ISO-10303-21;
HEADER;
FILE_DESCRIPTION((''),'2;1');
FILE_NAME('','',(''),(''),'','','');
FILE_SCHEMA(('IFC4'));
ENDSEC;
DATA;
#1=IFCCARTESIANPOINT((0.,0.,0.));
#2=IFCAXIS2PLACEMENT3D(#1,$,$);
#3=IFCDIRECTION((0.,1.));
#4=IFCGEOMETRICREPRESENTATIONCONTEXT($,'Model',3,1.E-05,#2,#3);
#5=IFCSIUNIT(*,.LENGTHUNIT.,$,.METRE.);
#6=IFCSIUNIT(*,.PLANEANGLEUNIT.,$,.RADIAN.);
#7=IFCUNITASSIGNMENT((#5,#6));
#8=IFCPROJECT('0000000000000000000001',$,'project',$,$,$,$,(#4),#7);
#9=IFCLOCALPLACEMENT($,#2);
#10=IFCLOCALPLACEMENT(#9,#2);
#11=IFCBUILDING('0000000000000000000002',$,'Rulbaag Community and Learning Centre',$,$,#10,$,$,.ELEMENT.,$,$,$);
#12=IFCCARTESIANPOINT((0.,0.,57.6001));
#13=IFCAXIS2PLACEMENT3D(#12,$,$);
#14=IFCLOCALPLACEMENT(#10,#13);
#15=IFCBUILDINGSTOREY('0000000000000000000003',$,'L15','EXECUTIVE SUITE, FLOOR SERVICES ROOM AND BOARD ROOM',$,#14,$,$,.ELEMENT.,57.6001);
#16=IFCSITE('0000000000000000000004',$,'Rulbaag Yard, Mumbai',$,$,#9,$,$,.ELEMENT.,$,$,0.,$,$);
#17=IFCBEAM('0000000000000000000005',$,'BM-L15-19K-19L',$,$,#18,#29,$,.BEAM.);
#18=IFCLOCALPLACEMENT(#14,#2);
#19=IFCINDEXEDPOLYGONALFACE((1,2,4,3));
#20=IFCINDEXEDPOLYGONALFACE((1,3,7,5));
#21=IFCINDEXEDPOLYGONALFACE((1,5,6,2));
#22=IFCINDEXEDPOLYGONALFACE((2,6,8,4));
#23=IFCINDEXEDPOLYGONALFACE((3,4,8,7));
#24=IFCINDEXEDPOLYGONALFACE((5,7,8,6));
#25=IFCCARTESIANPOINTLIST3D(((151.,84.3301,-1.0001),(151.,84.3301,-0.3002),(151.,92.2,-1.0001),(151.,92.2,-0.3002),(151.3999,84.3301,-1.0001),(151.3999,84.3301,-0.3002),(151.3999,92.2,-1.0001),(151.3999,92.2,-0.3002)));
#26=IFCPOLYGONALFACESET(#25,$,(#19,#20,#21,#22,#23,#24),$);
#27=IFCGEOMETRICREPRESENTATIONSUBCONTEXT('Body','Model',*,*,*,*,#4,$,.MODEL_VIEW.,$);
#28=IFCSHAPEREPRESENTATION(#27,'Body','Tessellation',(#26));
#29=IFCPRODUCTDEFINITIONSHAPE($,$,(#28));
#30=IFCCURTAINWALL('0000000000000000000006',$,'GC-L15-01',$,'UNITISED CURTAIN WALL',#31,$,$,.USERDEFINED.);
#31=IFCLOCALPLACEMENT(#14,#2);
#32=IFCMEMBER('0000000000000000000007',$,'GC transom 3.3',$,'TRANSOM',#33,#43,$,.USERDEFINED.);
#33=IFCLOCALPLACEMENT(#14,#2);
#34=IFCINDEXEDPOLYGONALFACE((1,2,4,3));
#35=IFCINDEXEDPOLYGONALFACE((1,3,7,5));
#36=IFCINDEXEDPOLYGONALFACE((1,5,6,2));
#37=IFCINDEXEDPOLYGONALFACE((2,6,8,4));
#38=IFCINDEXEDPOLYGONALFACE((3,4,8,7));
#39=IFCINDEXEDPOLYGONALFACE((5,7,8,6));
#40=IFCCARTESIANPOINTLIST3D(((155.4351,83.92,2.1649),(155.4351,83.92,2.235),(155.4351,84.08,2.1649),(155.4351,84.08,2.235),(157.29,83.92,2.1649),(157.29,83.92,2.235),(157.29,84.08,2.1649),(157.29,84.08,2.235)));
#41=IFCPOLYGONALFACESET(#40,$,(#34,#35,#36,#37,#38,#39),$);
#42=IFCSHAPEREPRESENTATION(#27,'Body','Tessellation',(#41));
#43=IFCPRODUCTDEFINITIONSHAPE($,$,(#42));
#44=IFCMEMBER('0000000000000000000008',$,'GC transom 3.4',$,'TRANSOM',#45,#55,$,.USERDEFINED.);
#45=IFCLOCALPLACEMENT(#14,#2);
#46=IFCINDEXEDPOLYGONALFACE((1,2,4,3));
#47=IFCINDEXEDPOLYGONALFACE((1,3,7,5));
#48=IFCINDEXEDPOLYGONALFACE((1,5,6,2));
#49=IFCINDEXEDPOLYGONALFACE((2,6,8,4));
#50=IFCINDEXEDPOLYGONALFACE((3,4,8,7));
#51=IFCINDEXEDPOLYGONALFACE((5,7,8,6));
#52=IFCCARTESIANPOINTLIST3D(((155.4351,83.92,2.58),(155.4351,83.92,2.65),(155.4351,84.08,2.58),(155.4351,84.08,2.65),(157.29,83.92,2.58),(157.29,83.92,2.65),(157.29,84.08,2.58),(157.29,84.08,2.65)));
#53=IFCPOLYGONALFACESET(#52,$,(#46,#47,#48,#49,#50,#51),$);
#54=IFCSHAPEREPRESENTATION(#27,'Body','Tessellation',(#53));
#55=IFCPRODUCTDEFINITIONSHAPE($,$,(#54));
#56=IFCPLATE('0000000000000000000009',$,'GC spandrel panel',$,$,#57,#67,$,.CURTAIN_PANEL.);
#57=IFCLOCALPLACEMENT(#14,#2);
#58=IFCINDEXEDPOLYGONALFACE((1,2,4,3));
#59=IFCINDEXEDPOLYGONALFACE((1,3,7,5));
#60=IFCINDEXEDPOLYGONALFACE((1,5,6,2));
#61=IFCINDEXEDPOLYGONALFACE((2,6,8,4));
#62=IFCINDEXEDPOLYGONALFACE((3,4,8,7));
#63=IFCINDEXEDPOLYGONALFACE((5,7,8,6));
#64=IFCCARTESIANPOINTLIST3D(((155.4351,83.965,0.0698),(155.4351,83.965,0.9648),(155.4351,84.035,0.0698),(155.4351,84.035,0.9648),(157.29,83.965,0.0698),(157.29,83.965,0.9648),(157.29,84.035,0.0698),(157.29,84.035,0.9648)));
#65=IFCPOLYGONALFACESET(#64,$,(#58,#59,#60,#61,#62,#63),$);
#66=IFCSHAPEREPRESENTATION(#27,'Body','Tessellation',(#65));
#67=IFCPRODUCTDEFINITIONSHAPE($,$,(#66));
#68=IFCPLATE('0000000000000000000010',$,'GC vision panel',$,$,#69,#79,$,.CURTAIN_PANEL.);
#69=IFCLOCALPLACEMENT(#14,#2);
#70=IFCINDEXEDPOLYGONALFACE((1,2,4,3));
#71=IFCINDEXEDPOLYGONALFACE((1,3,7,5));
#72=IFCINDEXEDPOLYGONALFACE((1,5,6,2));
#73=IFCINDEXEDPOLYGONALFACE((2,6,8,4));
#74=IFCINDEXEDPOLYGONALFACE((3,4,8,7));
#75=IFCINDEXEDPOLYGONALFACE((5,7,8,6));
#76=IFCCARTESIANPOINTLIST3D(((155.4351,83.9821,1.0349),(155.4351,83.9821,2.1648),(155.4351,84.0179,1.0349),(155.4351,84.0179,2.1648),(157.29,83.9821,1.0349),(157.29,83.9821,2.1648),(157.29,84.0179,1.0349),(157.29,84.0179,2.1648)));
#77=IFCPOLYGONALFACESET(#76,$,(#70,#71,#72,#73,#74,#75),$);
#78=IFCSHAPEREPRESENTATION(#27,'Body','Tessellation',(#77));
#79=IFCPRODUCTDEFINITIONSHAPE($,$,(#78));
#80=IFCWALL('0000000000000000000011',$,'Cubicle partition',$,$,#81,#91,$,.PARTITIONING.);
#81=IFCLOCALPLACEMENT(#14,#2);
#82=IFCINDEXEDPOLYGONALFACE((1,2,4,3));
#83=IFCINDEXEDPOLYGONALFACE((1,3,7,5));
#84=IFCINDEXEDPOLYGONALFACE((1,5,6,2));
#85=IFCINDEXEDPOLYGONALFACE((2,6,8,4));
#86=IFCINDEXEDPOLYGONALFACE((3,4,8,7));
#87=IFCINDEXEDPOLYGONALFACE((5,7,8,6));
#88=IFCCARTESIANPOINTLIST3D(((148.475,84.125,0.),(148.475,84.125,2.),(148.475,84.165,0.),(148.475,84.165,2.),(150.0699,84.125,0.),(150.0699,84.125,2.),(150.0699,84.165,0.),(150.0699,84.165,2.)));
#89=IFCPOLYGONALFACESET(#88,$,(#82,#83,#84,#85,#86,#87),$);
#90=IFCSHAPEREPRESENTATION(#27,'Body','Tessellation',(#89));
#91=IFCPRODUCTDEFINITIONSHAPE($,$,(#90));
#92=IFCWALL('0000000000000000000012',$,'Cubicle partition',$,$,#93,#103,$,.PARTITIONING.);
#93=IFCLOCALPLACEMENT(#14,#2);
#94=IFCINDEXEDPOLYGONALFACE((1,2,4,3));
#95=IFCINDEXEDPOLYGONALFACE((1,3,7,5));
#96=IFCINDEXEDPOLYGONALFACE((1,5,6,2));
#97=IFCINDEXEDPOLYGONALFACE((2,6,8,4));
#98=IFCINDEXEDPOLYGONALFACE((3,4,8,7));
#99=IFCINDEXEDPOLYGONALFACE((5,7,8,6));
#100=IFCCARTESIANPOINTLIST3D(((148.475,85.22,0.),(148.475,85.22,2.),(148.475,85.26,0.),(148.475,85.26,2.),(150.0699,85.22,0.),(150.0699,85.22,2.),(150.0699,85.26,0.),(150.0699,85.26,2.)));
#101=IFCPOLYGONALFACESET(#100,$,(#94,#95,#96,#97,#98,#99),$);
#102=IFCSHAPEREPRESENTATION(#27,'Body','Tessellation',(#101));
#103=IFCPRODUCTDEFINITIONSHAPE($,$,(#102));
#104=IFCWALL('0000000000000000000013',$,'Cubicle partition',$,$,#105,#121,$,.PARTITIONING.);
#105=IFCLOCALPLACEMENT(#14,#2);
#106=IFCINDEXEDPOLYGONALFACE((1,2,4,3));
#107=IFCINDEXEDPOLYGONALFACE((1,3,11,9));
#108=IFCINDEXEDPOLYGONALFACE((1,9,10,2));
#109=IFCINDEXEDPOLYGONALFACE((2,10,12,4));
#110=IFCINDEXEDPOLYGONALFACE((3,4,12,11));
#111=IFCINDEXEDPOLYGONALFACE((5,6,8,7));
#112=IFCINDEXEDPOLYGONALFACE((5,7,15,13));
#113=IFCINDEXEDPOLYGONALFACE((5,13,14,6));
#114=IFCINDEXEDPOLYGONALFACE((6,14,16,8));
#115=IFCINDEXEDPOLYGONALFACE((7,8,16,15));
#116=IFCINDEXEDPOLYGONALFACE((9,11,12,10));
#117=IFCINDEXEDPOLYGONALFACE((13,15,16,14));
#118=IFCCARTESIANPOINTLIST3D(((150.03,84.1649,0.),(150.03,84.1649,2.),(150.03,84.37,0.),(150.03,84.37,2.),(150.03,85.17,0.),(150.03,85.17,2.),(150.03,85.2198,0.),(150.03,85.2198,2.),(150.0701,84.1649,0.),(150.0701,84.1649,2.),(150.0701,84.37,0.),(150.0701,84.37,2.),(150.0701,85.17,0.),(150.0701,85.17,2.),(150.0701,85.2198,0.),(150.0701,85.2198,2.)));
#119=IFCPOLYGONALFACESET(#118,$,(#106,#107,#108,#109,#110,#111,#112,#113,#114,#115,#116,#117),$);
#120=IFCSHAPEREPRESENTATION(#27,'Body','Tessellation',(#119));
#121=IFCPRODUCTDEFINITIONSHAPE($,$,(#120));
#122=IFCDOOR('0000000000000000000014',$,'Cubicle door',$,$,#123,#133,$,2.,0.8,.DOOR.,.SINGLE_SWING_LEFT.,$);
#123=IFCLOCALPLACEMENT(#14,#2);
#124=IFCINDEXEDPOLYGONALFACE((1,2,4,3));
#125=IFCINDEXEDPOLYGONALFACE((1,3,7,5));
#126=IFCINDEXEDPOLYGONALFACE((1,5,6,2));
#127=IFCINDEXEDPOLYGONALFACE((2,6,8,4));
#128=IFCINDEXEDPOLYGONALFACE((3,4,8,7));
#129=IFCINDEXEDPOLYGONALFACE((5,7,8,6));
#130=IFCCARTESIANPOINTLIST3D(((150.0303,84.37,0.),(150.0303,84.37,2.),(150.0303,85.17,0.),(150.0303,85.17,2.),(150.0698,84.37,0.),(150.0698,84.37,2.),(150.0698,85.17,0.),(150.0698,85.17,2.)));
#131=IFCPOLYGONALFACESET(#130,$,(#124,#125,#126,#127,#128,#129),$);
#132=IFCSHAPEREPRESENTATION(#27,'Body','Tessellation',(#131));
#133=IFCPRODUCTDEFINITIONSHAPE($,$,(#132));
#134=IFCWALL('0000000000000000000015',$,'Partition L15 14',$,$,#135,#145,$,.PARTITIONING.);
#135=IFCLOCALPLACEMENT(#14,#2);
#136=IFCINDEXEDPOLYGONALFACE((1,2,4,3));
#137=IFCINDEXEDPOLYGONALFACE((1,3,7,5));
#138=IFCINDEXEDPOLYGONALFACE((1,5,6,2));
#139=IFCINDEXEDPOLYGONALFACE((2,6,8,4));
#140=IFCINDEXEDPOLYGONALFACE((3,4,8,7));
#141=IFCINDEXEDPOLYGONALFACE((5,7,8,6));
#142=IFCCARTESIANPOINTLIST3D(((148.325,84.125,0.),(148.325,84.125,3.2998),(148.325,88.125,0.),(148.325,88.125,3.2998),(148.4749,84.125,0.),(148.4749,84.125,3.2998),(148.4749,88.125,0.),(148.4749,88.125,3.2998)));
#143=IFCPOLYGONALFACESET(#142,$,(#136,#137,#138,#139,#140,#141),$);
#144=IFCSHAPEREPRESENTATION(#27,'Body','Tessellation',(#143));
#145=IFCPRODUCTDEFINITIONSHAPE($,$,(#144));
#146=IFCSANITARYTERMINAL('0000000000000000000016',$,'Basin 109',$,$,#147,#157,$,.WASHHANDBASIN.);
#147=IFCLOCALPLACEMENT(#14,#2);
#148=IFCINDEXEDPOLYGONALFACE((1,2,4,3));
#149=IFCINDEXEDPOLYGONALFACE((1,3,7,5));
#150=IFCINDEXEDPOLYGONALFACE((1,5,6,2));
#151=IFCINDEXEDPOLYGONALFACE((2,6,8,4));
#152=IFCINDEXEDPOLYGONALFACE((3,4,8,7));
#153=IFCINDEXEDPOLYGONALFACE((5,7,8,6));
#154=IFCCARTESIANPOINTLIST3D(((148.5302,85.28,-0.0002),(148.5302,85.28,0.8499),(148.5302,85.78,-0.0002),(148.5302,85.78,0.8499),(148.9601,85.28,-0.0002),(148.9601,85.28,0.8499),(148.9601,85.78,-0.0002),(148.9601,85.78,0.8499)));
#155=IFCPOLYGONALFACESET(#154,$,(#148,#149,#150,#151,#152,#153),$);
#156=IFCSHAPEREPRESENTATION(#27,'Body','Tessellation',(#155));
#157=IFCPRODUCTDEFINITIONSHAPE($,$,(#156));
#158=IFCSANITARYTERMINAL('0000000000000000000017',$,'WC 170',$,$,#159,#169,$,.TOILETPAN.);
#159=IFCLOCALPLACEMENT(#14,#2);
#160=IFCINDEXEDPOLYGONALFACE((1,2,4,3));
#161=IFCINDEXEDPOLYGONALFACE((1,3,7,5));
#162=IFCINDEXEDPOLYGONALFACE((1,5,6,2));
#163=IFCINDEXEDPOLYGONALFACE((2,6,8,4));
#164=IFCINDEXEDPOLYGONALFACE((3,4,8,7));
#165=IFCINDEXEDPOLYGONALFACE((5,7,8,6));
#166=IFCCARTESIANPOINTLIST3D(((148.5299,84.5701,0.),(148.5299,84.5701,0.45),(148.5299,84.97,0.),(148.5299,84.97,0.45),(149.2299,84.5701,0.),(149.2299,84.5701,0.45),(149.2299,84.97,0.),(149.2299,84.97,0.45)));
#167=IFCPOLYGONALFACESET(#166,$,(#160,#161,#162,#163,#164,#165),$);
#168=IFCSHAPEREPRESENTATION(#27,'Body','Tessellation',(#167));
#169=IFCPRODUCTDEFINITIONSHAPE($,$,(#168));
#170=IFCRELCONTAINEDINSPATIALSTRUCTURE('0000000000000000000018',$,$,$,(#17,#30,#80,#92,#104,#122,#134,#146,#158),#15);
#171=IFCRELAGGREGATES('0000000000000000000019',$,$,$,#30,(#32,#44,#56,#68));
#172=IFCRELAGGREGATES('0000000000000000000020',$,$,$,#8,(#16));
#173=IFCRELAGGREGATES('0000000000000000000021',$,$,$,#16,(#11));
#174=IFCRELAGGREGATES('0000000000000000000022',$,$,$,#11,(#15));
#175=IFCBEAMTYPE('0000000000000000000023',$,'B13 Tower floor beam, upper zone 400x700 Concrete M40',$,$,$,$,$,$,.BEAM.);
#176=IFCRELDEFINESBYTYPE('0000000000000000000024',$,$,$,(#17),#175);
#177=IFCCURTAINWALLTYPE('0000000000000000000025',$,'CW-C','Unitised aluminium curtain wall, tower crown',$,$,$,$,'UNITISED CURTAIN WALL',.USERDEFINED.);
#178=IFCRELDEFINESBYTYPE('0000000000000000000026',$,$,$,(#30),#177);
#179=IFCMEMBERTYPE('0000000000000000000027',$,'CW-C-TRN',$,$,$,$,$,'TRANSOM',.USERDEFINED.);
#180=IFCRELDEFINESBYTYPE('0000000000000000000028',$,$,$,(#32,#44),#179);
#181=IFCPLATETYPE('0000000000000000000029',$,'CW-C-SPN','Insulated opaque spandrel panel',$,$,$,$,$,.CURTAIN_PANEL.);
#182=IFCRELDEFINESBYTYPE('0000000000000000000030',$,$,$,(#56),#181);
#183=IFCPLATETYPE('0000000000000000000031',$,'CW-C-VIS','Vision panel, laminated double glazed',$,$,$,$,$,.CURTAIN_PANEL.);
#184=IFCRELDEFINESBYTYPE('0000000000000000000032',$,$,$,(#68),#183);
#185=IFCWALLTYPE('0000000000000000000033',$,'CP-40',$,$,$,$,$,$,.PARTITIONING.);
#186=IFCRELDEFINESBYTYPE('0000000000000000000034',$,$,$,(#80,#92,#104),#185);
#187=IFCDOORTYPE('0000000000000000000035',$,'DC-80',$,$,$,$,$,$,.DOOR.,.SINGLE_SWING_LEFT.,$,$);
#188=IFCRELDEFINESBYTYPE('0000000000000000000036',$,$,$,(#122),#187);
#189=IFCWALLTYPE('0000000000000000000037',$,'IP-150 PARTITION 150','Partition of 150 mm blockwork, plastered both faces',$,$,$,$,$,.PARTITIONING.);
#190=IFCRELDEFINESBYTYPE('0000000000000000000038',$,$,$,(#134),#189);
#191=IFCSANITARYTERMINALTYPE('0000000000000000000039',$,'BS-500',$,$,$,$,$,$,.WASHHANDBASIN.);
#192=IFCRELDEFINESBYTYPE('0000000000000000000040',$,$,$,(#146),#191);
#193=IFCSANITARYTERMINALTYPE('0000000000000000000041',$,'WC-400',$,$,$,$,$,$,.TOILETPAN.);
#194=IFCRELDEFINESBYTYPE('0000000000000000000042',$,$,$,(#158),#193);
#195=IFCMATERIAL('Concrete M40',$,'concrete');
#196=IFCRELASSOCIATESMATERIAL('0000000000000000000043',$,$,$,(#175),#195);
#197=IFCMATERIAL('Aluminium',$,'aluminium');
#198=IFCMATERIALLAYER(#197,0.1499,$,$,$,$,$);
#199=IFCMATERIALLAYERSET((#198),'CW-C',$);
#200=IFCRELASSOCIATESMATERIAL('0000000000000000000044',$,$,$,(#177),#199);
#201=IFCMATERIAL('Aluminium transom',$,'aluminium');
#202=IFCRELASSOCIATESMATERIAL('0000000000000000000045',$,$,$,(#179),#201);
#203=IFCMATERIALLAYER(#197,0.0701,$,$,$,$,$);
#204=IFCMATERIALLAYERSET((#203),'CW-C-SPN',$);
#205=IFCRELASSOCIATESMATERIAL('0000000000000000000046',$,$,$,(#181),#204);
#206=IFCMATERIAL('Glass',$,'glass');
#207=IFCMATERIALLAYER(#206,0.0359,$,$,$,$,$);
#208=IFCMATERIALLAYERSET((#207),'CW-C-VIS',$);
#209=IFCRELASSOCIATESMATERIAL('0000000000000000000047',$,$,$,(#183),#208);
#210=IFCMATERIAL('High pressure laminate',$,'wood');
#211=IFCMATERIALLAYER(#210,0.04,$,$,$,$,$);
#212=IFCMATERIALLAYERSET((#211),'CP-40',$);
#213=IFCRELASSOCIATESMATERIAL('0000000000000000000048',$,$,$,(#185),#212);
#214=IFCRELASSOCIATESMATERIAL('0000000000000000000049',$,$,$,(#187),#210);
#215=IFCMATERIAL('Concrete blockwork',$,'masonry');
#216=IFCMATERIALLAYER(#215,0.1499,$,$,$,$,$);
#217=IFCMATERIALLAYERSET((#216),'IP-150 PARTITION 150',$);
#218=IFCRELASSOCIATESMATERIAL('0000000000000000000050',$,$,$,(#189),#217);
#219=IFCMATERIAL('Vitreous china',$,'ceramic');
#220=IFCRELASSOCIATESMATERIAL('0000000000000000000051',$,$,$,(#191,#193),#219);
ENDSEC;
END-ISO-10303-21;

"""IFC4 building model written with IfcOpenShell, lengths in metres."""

from ifc_helpers import new_model, si_unit, direction, frame, frame_2d, origin, origin_2d, place, context, subcontext, project, spatial, rectangle, extrude, material, layer, layer_set, material_profile, profile_set, type_object, element, fill, aggregate, save


model = new_model("IFC4")

# Units and contexts
model_context = context("Model", 3, precision=1e-05, world=origin(), true_north=direction((0.0, 1.0)))
body_context = subcontext(model_context, "Body", "Model", "MODEL_VIEW")
ifc_project = project(units=[si_unit("LENGTHUNIT", "METRE"), si_unit("PLANEANGLEUNIT", "RADIAN")], contexts=[model_context])

# Site, building, storey
site_placement = place(None, origin())
site = spatial("IfcSite", under=ifc_project, at=site_placement, Name="Rulbaag Yard, Mumbai", CompositionType="ELEMENT", RefElevation=0.0)
building_placement = place(site_placement, origin())
building = spatial("IfcBuilding", under=site, at=building_placement, Name="Rulbaag Community and Learning Centre", CompositionType="ELEMENT")
storey_placement = place(building_placement, frame((0.0, 0.0, 57.6001)))
storey = spatial("IfcBuildingStorey", under=building, at=storey_placement, Name="L15", Description="EXECUTIVE SUITE, FLOOR SERVICES ROOM AND BOARD ROOM", CompositionType="ELEMENT", Elevation=57.6001)

# Beam
ifc_material_1 = material(Name="Concrete M40", Category="concrete")
ifc_material_profile_1 = material_profile(ifc_material_1, rectangle(XDim=0.3999, YDim=0.7, at=origin_2d()), Name="RB400x700")
ifc_profile_set_1 = profile_set([ifc_material_profile_1], Name="Concrete M40")
beam_type = type_object("IfcBeamType", Name="B13 Tower floor beam, upper zone 400x700 Concrete M40", PredefinedType="BEAM", material=ifc_profile_set_1)
beam_placement = place(storey_placement, frame((151.2, 84.3301, -0.6501), z_axis=(0.0, 1.0, 0.0), x_axis=(-1.0, 0.0, 0.0)))
element("IfcBeam", 1, at=beam_placement, inside=storey, type_object=beam_type, Name="BM-L15-19K-19L", PredefinedType="BEAM", context=body_context, shape_type="SweptSolid", body=[
    extrude(rectangle(XDim=0.3999, YDim=0.7, at=origin_2d()), origin(), (0.0, 0.0, 1.0), 7.8699),
])

# Curtain wall, members, plates
ifc_material_2 = material(Name="Aluminium", Category="aluminium")
ifc_layer_1 = layer(ifc_material_2, 0.1499)
ifc_layer_set_1 = layer_set([ifc_layer_1], Name="CW-C")
curtain_wall_type = type_object("IfcCurtainWallType", Name="CW-C", Description="Unitised aluminium curtain wall, tower crown", ElementType="UNITISED CURTAIN WALL", PredefinedType="USERDEFINED", material=ifc_layer_set_1)
curtain_wall_placement = place(storey_placement, origin())
curtain_wall = element("IfcCurtainWall", 2, at=curtain_wall_placement, inside=storey, type_object=curtain_wall_type, Name="GC-L15-01", ObjectType="UNITISED CURTAIN WALL", PredefinedType="USERDEFINED")
ifc_material_3 = material(Name="Aluminium transom", Category="aluminium")
ifc_material_profile_2 = material_profile(ifc_material_3, rectangle(XDim=0.1599, YDim=0.0701, at=origin_2d()), Name="AL 70x160 T")
ifc_profile_set_2 = profile_set([ifc_material_profile_2], Name="Aluminium transom")
member_type = type_object("IfcMemberType", Name="CW-C-TRN", ElementType="TRANSOM", PredefinedType="USERDEFINED", material=ifc_profile_set_2)
member_1_placement = place(storey_placement, frame((155.4351, 84.0, 2.2), z_axis=(1.0, 0.0, 0.0), x_axis=(0.0, 1.0, 0.0)))
member_1 = element("IfcMember", 3, at=member_1_placement, type_object=member_type, Name="GC transom 3.3", ObjectType="TRANSOM", PredefinedType="USERDEFINED", context=body_context, shape_type="SweptSolid", body=[
    extrude(rectangle(XDim=0.1599, YDim=0.0701, at=origin_2d()), origin(), (0.0, 0.0, 1.0), 1.855),
])
member_2_placement = place(storey_placement, frame((155.4351, 84.0, 2.615), z_axis=(1.0, 0.0, 0.0), x_axis=(0.0, 1.0, 0.0)))
member_2 = element("IfcMember", 4, at=member_2_placement, type_object=member_type, Name="GC transom 3.4", ObjectType="TRANSOM", PredefinedType="USERDEFINED", context=body_context, shape_type="SweptSolid", body=[
    extrude(rectangle(XDim=0.1599, YDim=0.0701, at=origin_2d()), origin(), (0.0, 0.0, 1.0), 1.855),
])
ifc_layer_2 = layer(ifc_material_2, 0.0701)
ifc_layer_set_2 = layer_set([ifc_layer_2], Name="CW-C-SPN")
plate_type_1 = type_object("IfcPlateType", Name="CW-C-SPN", Description="Insulated opaque spandrel panel", PredefinedType="CURTAIN_PANEL", material=ifc_layer_set_2)
plate_1_placement = place(storey_placement, frame((156.3625, 84.0, 0.0698), z_axis=(0.0, 0.0, 1.0), x_axis=(1.0, 0.0, 0.0)))
plate_1 = element("IfcPlate", 5, at=plate_1_placement, type_object=plate_type_1, Name="GC spandrel panel", PredefinedType="CURTAIN_PANEL", context=body_context, shape_type="SweptSolid", body=[
    extrude(rectangle(XDim=1.855, YDim=0.0701, at=origin_2d()), origin(), (0.0, 0.0, 1.0), 0.895),
])
ifc_material_4 = material(Name="Glass", Category="glass")
ifc_layer_3 = layer(ifc_material_4, 0.0359)
ifc_layer_set_3 = layer_set([ifc_layer_3], Name="CW-C-VIS")
plate_type_2 = type_object("IfcPlateType", Name="CW-C-VIS", Description="Vision panel, laminated double glazed", PredefinedType="CURTAIN_PANEL", material=ifc_layer_set_3)
plate_2_placement = place(storey_placement, frame((156.3625, 84.0, 1.0349), z_axis=(0.0, 0.0, 1.0), x_axis=(1.0, 0.0, 0.0)))
plate_2 = element("IfcPlate", 6, at=plate_2_placement, type_object=plate_type_2, Name="GC vision panel", PredefinedType="CURTAIN_PANEL", context=body_context, shape_type="SweptSolid", body=[
    extrude(rectangle(XDim=1.855, YDim=0.0359, at=origin_2d()), origin(), (0.0, 0.0, 1.0), 1.1299),
])
aggregate(curtain_wall, [member_1, member_2, plate_1, plate_2])

# Walls
ifc_material_5 = material(Name="High pressure laminate", Category="wood")
ifc_layer_4 = layer(ifc_material_5, 0.04)
ifc_layer_set_4 = layer_set([ifc_layer_4], Name="CP-40")
wall_type_1 = type_object("IfcWallType", Name="CP-40", PredefinedType="PARTITIONING", material=ifc_layer_set_4)
for number, where, z_axis, x_axis, name in (
    (7, (148.4751, 84.145, 0.0), (0.0, 0.0, 1.0), (1.0, 0.0, 0.0), "Cubicle partition"),
    (8, (148.4751, 85.24, 0.0), (0.0, 0.0, 1.0), (1.0, 0.0, 0.0), "Cubicle partition"),
):
    element("IfcWall", number, at=place(storey_placement, frame(where, z_axis=z_axis, x_axis=x_axis)), inside=storey, type_object=wall_type_1, Name=name, PredefinedType="PARTITIONING", context=body_context, shape_type="SweptSolid", body=[
        extrude(rectangle(XDim=1.595, YDim=0.04, at=frame_2d((0.7974, 0.0))), origin(), (0.0, 0.0, 1.0), 2.0),
    ])

# Wall, opening, door
wall_1_placement = place(storey_placement, frame((150.05, 84.165, 0.0), z_axis=(0.0, 0.0, 1.0), x_axis=(0.0, 1.0, 0.0)))
wall_1 = element("IfcWall", 9, at=wall_1_placement, inside=storey, type_object=wall_type_1, Name="Cubicle partition", PredefinedType="PARTITIONING", context=body_context, shape_type="SweptSolid", body=[
    extrude(rectangle(XDim=1.0549, YDim=0.04, at=frame_2d((0.5273, 0.0))), origin(), (0.0, 0.0, 1.0), 2.0),
])
opening_placement = place(wall_1_placement, frame((0.2051, 0.0, 0.0)))
opening = element("IfcOpeningElement", 10, at=opening_placement, cuts=wall_1, PredefinedType="OPENING", context=body_context, shape_type="SweptSolid", body=[
    extrude(rectangle(XDim=0.8, YDim=2.0, at=frame_2d((0.3999, 1.0))), frame((0.0, 0.03, 0.0), z_axis=(0.0, -1.0, 0.0), x_axis=(1.0, 0.0, 0.0)), (0.0, 0.0, 1.0), 0.0601),
])
door_type = type_object("IfcDoorType", Name="DC-80", OperationType="SINGLE_SWING_LEFT", PredefinedType="DOOR", material=ifc_material_5)
door_placement = place(opening_placement, origin())
door = element("IfcDoor", 11, at=door_placement, inside=storey, type_object=door_type, Name="Cubicle door", OperationType="SINGLE_SWING_LEFT", OverallHeight=2.0, OverallWidth=0.8, PredefinedType="DOOR", context=body_context, shape_type="SweptSolid", body=[
    extrude(rectangle(XDim=0.8, YDim=2.0, at=frame_2d((0.3999, 1.0))), frame((0.0, 0.0198, 0.0), z_axis=(0.0, -1.0, 0.0), x_axis=(1.0, 0.0, 0.0)), (0.0, 0.0, 1.0), 0.0396),
])
fill(opening, door)

# Wall
ifc_material_6 = material(Name="Concrete blockwork", Category="masonry")
ifc_layer_5 = layer(ifc_material_6, 0.1499)
ifc_layer_set_5 = layer_set([ifc_layer_5], Name="IP-150 PARTITION 150")
wall_type_2 = type_object("IfcWallType", Name="IP-150 PARTITION 150", Description="Partition of 150 mm blockwork, plastered both faces", PredefinedType="PARTITIONING", material=ifc_layer_set_5)
wall_2_placement = place(storey_placement, frame((148.3999, 84.125, 0.0), z_axis=(0.0, 0.0, 1.0), x_axis=(0.0, 1.0, 0.0)))
element("IfcWall", 12, at=wall_2_placement, inside=storey, type_object=wall_type_2, Name="Partition L15 14", PredefinedType="PARTITIONING", context=body_context, shape_type="SweptSolid", body=[
    extrude(rectangle(XDim=4.0, YDim=0.1499, at=frame_2d((2.0, 0.0))), origin(), (0.0, 0.0, 1.0), 3.2998),
])

# Sanitary terminals
ifc_material_7 = material(Name="Vitreous china", Category="ceramic")
sanitary_terminal_type_1 = type_object("IfcSanitaryTerminalType", Name="BS-500", PredefinedType="WASHHANDBASIN", material=ifc_material_7)
sanitary_terminal_1_placement = place(storey_placement, frame((148.7451, 85.53, -0.0002), z_axis=(0.0, 0.0, 1.0), x_axis=(1.0, 0.0, 0.0)))
element("IfcSanitaryTerminal", 13, at=sanitary_terminal_1_placement, inside=storey, type_object=sanitary_terminal_type_1, Name="Basin 109", PredefinedType="WASHHANDBASIN", context=body_context, shape_type="SweptSolid", body=[
    extrude(rectangle(XDim=0.4299, YDim=0.5, at=origin_2d()), origin(), (0.0, 0.0, 1.0), 0.8501),
])
sanitary_terminal_type_2 = type_object("IfcSanitaryTerminalType", Name="WC-400", PredefinedType="TOILETPAN", material=ifc_material_7)
sanitary_terminal_2_placement = place(storey_placement, frame((148.8799, 84.77, 0.0), z_axis=(0.0, 0.0, 1.0), x_axis=(1.0, 0.0, 0.0)))
element("IfcSanitaryTerminal", 14, at=sanitary_terminal_2_placement, inside=storey, type_object=sanitary_terminal_type_2, Name="WC 170", PredefinedType="TOILETPAN", context=body_context, shape_type="SweptSolid", body=[
    extrude(rectangle(XDim=0.7, YDim=0.3999, at=origin_2d()), origin(), (0.0, 0.0, 1.0), 0.45),
])

save(model, "model.ifc")
